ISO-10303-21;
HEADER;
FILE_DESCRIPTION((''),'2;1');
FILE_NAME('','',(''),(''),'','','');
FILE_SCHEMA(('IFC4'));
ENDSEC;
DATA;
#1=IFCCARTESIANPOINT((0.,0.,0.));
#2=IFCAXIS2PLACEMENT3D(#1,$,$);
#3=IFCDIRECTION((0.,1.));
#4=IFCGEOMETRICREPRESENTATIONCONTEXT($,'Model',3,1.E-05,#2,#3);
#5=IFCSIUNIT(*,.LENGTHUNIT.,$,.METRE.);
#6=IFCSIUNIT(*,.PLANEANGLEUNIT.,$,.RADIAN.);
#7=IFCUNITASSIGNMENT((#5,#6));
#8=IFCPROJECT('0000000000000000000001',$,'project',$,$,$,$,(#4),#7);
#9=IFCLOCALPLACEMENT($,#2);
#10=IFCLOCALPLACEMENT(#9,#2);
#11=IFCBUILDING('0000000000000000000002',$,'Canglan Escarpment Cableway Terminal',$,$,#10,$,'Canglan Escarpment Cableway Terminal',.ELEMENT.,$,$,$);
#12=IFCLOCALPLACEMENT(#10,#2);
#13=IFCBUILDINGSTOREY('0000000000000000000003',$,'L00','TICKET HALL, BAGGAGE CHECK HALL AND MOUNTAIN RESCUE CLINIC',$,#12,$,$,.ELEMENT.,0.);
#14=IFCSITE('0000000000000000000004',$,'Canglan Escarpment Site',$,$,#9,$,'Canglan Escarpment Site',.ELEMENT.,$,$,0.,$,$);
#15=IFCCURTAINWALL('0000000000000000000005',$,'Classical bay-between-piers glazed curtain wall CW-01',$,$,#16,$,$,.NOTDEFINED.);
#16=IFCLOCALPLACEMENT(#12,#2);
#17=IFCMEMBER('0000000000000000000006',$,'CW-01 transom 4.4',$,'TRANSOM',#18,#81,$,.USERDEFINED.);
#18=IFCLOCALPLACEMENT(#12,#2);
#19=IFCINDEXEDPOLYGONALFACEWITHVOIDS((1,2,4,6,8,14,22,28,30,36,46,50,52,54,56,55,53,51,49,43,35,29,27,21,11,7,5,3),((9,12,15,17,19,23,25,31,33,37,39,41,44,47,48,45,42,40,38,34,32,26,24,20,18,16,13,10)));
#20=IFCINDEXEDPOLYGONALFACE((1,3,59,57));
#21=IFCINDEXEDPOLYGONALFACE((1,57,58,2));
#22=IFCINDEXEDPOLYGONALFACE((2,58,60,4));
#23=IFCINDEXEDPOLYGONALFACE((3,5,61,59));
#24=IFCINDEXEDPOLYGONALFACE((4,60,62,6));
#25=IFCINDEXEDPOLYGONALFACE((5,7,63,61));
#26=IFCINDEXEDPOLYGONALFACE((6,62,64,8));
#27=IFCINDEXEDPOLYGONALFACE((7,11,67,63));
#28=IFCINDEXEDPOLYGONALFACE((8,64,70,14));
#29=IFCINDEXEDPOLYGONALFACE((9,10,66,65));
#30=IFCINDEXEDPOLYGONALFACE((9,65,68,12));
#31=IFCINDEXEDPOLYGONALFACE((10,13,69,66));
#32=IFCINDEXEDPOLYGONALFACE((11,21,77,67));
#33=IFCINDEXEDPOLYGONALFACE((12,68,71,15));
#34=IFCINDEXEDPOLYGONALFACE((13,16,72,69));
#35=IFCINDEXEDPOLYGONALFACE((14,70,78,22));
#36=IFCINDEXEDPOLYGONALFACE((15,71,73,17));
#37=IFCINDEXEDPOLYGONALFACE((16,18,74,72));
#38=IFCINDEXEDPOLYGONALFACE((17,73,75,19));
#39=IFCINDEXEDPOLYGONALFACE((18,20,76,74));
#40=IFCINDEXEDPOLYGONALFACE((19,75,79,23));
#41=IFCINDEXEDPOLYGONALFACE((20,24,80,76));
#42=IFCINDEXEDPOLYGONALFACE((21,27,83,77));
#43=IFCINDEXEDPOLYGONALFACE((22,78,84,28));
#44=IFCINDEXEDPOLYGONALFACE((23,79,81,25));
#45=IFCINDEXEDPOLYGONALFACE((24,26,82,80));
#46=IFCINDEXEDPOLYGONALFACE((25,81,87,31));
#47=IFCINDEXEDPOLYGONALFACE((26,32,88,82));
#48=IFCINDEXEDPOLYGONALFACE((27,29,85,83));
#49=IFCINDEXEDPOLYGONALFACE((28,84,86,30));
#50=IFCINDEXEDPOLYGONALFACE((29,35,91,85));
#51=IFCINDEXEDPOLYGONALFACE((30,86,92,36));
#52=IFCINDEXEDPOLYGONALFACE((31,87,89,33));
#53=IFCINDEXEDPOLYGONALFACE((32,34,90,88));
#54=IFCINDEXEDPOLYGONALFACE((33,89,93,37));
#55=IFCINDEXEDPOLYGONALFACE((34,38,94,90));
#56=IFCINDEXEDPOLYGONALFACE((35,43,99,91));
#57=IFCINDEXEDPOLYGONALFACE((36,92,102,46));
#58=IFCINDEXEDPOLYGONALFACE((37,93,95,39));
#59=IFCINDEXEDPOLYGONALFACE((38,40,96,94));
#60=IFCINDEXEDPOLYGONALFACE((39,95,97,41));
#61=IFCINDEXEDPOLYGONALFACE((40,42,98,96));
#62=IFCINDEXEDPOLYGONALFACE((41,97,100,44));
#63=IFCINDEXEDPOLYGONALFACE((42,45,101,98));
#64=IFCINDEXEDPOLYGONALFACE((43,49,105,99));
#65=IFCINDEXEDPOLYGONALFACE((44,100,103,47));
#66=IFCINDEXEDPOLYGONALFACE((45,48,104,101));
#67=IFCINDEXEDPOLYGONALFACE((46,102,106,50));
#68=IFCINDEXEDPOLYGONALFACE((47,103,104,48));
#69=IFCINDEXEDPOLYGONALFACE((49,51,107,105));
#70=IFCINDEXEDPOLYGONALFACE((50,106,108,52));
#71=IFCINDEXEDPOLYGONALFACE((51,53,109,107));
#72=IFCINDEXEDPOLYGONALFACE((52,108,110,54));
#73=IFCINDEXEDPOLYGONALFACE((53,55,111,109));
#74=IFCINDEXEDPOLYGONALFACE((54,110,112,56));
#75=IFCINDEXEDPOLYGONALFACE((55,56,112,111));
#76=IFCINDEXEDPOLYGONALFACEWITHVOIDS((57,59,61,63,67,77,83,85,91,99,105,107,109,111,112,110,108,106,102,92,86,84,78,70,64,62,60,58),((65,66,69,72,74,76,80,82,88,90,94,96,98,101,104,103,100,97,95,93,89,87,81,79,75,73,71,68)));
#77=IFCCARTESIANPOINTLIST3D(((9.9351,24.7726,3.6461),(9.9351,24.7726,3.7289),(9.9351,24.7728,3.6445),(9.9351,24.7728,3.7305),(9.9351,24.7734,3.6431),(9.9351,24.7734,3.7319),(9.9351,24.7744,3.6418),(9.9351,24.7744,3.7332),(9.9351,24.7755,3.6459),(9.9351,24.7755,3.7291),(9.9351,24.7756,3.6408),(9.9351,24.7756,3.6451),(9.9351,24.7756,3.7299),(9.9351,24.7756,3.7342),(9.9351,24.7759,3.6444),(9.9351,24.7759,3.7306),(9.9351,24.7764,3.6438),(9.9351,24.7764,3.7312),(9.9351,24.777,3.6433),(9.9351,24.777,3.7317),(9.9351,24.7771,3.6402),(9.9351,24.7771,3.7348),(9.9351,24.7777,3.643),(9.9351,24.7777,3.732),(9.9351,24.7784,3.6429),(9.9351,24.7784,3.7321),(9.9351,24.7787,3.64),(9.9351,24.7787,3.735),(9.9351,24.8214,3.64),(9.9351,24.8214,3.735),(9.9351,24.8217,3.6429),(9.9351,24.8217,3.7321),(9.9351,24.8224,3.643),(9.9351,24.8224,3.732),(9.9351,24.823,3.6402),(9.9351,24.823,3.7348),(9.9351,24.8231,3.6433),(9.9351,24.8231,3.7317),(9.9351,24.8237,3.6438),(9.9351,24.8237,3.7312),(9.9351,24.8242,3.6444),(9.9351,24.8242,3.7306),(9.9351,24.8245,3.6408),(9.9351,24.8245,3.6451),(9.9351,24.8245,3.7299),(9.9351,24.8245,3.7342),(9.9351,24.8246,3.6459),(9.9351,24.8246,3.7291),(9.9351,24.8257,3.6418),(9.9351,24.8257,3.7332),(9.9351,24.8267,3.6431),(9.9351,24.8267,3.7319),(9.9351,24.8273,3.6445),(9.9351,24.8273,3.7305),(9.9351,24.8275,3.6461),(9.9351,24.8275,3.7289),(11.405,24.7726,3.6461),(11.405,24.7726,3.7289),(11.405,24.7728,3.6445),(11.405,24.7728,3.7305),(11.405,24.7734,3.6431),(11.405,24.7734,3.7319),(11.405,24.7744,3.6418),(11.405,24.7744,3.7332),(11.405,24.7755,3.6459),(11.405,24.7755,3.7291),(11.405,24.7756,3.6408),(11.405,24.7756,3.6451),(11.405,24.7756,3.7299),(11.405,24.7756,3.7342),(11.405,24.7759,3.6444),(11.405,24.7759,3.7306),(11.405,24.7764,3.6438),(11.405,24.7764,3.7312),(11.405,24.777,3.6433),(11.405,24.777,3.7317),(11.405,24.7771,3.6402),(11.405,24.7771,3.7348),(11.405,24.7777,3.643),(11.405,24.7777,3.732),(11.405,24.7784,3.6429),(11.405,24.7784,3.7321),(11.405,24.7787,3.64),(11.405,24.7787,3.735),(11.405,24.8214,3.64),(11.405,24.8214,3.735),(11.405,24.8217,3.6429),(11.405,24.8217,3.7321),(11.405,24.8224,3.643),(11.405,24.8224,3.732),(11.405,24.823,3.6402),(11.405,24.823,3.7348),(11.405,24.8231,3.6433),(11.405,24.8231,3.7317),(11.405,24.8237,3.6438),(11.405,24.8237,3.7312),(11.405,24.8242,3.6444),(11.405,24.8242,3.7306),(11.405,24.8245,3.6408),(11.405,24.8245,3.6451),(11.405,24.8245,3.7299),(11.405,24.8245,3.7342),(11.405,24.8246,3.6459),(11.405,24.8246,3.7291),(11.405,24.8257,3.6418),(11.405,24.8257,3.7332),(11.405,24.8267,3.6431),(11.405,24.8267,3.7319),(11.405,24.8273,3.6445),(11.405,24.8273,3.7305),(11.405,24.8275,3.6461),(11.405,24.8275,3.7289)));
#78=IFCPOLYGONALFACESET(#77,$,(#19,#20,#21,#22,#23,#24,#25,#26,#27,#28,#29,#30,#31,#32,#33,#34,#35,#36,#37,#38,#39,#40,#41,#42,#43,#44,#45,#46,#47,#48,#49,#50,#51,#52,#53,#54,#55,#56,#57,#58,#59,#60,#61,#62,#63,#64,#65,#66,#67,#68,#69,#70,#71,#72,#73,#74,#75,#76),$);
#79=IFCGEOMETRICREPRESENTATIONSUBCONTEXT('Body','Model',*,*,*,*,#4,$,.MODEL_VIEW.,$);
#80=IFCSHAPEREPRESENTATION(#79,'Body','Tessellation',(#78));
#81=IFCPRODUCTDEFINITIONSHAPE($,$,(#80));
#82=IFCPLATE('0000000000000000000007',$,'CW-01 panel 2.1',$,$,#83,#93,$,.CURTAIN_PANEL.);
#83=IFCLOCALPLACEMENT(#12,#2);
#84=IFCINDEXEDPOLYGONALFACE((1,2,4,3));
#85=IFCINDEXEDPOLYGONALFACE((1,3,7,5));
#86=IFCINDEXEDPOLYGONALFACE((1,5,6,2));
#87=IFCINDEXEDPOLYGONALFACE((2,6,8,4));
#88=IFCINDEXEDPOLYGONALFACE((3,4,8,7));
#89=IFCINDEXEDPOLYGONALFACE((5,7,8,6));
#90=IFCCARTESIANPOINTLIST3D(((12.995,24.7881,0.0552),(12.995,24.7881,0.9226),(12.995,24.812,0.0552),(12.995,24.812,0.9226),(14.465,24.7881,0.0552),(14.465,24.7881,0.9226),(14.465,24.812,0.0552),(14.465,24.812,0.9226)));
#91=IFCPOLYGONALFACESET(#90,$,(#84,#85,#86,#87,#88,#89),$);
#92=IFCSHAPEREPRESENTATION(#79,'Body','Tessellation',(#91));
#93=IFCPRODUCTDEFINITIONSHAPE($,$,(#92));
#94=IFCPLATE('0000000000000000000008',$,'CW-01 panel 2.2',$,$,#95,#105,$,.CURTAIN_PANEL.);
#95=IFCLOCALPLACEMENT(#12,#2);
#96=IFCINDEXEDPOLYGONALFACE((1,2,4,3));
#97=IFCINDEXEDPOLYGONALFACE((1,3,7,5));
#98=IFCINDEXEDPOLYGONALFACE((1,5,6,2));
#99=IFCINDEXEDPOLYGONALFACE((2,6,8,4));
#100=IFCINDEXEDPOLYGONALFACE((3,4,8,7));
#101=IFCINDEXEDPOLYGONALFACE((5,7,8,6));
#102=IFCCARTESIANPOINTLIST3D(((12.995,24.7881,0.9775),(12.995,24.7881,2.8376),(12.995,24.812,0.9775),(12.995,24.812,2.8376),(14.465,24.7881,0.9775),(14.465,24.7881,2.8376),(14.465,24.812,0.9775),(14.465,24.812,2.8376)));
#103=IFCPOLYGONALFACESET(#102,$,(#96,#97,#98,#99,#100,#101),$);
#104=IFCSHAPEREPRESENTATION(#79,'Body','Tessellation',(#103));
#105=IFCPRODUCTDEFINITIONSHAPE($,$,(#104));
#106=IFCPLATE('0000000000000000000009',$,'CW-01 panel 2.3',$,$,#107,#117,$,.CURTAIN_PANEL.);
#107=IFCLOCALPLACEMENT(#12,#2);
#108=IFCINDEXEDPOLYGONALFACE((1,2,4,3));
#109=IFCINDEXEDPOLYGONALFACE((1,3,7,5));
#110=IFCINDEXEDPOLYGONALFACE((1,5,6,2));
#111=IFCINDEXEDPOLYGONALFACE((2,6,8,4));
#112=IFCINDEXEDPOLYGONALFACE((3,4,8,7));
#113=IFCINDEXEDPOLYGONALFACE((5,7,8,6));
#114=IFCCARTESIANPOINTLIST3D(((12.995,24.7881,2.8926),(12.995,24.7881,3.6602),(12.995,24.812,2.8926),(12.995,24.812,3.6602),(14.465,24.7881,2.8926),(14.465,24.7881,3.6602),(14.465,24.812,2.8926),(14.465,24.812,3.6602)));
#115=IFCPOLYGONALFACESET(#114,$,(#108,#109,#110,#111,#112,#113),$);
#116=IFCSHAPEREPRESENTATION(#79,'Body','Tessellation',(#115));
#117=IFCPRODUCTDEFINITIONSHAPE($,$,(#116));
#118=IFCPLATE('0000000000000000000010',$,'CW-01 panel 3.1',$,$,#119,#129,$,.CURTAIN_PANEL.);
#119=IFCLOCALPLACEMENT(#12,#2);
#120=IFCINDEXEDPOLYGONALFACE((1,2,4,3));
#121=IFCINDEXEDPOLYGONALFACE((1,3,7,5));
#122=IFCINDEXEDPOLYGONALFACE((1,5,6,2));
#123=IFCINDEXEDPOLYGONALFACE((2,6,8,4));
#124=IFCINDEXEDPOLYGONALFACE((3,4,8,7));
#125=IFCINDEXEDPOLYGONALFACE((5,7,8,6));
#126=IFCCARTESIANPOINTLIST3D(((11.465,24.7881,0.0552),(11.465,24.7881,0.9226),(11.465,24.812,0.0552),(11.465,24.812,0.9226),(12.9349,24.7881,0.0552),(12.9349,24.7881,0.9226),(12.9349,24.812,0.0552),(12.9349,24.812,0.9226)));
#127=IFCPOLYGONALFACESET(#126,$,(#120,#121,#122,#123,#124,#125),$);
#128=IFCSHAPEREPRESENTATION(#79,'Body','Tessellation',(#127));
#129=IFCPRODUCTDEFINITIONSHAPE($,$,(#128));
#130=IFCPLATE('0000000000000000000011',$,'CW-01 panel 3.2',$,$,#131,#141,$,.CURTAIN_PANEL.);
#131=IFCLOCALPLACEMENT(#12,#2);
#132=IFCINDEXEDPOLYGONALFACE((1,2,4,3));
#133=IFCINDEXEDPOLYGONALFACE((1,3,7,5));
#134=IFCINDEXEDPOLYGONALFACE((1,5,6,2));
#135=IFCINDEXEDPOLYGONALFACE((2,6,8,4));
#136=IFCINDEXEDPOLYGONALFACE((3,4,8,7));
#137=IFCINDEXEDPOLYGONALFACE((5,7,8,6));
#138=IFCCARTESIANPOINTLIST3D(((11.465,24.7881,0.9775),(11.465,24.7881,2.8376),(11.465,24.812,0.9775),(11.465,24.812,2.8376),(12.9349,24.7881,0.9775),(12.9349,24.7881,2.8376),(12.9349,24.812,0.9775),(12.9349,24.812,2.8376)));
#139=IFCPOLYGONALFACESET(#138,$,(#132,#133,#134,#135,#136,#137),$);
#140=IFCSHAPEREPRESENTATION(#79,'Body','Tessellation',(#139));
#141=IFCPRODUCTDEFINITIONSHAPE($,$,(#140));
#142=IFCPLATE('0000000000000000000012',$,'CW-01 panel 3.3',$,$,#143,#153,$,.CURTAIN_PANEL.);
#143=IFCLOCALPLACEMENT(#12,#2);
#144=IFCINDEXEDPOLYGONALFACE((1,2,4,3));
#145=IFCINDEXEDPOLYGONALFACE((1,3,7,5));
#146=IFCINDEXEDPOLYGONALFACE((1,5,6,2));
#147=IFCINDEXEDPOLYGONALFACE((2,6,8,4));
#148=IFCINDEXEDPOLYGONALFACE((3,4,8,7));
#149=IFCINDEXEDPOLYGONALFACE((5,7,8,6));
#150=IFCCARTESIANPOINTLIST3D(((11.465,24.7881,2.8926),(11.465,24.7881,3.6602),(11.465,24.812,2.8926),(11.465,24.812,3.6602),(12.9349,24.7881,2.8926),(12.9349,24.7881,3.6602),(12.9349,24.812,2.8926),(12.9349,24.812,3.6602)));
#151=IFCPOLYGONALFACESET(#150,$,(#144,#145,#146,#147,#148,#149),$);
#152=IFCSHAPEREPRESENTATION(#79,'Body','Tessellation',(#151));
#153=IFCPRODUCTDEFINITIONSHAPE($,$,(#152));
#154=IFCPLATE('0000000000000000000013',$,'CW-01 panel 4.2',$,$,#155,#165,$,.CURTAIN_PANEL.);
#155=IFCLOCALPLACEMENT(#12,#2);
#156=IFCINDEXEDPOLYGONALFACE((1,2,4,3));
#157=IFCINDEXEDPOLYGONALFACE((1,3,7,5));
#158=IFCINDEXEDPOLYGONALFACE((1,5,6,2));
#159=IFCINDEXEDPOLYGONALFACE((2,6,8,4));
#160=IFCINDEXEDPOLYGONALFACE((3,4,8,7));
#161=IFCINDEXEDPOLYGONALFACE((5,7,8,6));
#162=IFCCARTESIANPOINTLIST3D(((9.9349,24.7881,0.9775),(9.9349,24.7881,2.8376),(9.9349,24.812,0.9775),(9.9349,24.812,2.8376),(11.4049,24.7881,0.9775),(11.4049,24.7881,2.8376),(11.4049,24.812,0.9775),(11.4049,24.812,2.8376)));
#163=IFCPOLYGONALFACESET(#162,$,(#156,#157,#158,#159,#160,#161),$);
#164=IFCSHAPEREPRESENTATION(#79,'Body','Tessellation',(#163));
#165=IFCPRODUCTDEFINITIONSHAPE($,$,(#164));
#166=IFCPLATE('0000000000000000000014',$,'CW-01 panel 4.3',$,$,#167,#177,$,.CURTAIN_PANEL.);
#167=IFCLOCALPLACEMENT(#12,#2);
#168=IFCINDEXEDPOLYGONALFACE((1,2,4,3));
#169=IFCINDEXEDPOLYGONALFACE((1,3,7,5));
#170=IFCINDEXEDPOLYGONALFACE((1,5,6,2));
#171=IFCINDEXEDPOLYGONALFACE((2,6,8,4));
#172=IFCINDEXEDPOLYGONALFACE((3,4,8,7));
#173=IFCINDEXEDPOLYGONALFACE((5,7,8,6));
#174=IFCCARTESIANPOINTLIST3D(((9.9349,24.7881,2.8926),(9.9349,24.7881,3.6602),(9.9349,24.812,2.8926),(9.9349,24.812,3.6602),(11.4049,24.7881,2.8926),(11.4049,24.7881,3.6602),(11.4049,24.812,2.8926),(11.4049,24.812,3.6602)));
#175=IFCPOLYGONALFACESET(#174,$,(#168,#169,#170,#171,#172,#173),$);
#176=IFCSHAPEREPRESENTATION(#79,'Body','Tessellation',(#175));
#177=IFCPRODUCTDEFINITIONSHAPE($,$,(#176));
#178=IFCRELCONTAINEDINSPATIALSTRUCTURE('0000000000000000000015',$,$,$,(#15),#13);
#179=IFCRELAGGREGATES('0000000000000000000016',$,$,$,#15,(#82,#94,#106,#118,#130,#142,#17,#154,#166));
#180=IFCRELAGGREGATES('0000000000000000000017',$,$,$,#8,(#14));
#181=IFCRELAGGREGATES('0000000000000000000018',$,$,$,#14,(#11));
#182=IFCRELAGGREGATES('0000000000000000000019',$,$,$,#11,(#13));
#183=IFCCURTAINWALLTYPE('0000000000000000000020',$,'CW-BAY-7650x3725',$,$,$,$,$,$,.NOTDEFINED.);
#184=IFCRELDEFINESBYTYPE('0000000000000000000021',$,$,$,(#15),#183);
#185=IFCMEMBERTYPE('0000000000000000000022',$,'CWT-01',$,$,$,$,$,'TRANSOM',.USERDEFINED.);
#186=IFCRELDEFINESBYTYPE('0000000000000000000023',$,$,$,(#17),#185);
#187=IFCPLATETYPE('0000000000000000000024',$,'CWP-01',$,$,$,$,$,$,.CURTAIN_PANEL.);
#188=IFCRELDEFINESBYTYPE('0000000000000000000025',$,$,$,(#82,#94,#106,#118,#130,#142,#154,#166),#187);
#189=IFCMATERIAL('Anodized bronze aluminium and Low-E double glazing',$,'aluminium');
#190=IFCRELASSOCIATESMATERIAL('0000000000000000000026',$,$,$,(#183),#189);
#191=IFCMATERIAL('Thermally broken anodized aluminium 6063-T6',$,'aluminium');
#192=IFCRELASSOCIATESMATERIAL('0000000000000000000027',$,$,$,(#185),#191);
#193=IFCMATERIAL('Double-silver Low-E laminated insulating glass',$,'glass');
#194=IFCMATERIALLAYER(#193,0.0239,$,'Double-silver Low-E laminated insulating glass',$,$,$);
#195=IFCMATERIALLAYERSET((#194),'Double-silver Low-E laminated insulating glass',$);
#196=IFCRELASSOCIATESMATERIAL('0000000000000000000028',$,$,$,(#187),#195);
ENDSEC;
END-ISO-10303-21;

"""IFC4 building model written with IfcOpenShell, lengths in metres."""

from ifc_helpers import new_model, si_unit, direction, frame, origin, origin_2d, place, context, subcontext, project, spatial, rectangle, hollow_rectangle, extrude, material, layer, layer_set, material_profile, profile_set, type_object, element, aggregate, save


model = new_model("IFC4")

# Units and contexts
model_context = context("Model", 3, precision=1e-05, world=origin(), true_north=direction((0.0, 1.0)))
body_context = subcontext(model_context, "Body", "Model", "MODEL_VIEW")
ifc_project = project(units=[si_unit("LENGTHUNIT", "METRE"), si_unit("PLANEANGLEUNIT", "RADIAN")], contexts=[model_context])

# Site, building, storey
site_placement = place(None, origin())
site = spatial("IfcSite", under=ifc_project, at=site_placement, Name="Canglan Escarpment Site", LongName="Canglan Escarpment Site", CompositionType="ELEMENT", RefElevation=0.0)
building_placement = place(site_placement, origin())
building = spatial("IfcBuilding", under=site, at=building_placement, Name="Canglan Escarpment Cableway Terminal", LongName="Canglan Escarpment Cableway Terminal", CompositionType="ELEMENT")
storey_placement = place(building_placement, origin())
storey = spatial("IfcBuildingStorey", under=building, at=storey_placement, Name="L00", Description="TICKET HALL, BAGGAGE CHECK HALL AND MOUNTAIN RESCUE CLINIC", CompositionType="ELEMENT", Elevation=0.0)

# Curtain wall, member, plates
ifc_material_1 = material(Name="Anodized bronze aluminium and Low-E double glazing", Category="aluminium")
curtain_wall_type = type_object("IfcCurtainWallType", Name="CW-BAY-7650x3725", PredefinedType="NOTDEFINED", material=ifc_material_1)
curtain_wall_placement = place(storey_placement, origin())
curtain_wall = element("IfcCurtainWall", 1, at=curtain_wall_placement, inside=storey, type_object=curtain_wall_type, Name="Classical bay-between-piers glazed curtain wall CW-01", PredefinedType="NOTDEFINED")
ifc_material_2 = material(Name="Thermally broken anodized aluminium 6063-T6", Category="aluminium")
ifc_material_profile_1 = material_profile(ifc_material_2, hollow_rectangle(XDim=0.0549, YDim=0.095, WallThickness=0.0029, InnerFilletRadius=0.0029, OuterFilletRadius=0.0061, at=origin_2d()), Name="ALU-TRAN 55x95x3")
ifc_profile_set_1 = profile_set([ifc_material_profile_1], Name="Thermally broken anodized aluminium 6063-T6")
member_type_1 = type_object("IfcMemberType", Name="CWT-01", ElementType="TRANSOM", PredefinedType="USERDEFINED", material=ifc_profile_set_1)
member_1_placement = place(storey_placement, frame((11.405, 24.8, 3.6875), z_axis=(-1.0, 0.0, 0.0), x_axis=(0.0, -1.0, 0.0)))
member_1 = element("IfcMember", 2, at=member_1_placement, type_object=member_type_1, Name="CW-01 transom 4.4", ObjectType="TRANSOM", PredefinedType="USERDEFINED", context=body_context, shape_type="SweptSolid", body=[
    extrude(hollow_rectangle(XDim=0.0549, YDim=0.095, WallThickness=0.0029, InnerFilletRadius=0.0029, OuterFilletRadius=0.0061, at=origin_2d()), origin(), (0.0, 0.0, 1.0), 1.47),
])
ifc_material_3 = material(Name="Double-silver Low-E laminated insulating glass", Category="glass")
ifc_layer = layer(ifc_material_3, 0.0239, Name="Double-silver Low-E laminated insulating glass")
ifc_layer_set = layer_set([ifc_layer], Name="Double-silver Low-E laminated insulating glass")
plate_type = type_object("IfcPlateType", Name="CWP-01", PredefinedType="CURTAIN_PANEL", material=ifc_layer_set)
plate_1_placement = place(storey_placement, frame((13.73, 24.8, 0.0552), z_axis=(0.0, 0.0, 1.0), x_axis=(-1.0, 0.0, 0.0)))
plate_1 = element("IfcPlate", 3, at=plate_1_placement, type_object=plate_type, Name="CW-01 panel 2.1", PredefinedType="CURTAIN_PANEL", context=body_context, shape_type="SweptSolid", body=[
    extrude(rectangle(XDim=1.47, YDim=0.0239, at=origin_2d()), origin(), (0.0, 0.0, 1.0), 0.8674),
])
plate_2_placement = place(storey_placement, frame((13.73, 24.8, 0.9775), z_axis=(0.0, 0.0, 1.0), x_axis=(-1.0, 0.0, 0.0)))
plate_2 = element("IfcPlate", 4, at=plate_2_placement, type_object=plate_type, Name="CW-01 panel 2.2", PredefinedType="CURTAIN_PANEL", context=body_context, shape_type="SweptSolid", body=[
    extrude(rectangle(XDim=1.47, YDim=0.0239, at=origin_2d()), origin(), (0.0, 0.0, 1.0), 1.8601),
])
plate_3_placement = place(storey_placement, frame((13.73, 24.8, 2.8926), z_axis=(0.0, 0.0, 1.0), x_axis=(-1.0, 0.0, 0.0)))
plate_3 = element("IfcPlate", 5, at=plate_3_placement, type_object=plate_type, Name="CW-01 panel 2.3", PredefinedType="CURTAIN_PANEL", context=body_context, shape_type="SweptSolid", body=[
    extrude(rectangle(XDim=1.47, YDim=0.0239, at=origin_2d()), origin(), (0.0, 0.0, 1.0), 0.7676),
])
plate_4_placement = place(storey_placement, frame((12.2, 24.8, 0.0552), z_axis=(0.0, 0.0, 1.0), x_axis=(-1.0, 0.0, 0.0)))
plate_4 = element("IfcPlate", 6, at=plate_4_placement, type_object=plate_type, Name="CW-01 panel 3.1", PredefinedType="CURTAIN_PANEL", context=body_context, shape_type="SweptSolid", body=[
    extrude(rectangle(XDim=1.47, YDim=0.0239, at=origin_2d()), origin(), (0.0, 0.0, 1.0), 0.8674),
])
plate_5_placement = place(storey_placement, frame((12.2, 24.8, 0.9775), z_axis=(0.0, 0.0, 1.0), x_axis=(-1.0, 0.0, 0.0)))
plate_5 = element("IfcPlate", 7, at=plate_5_placement, type_object=plate_type, Name="CW-01 panel 3.2", PredefinedType="CURTAIN_PANEL", context=body_context, shape_type="SweptSolid", body=[
    extrude(rectangle(XDim=1.47, YDim=0.0239, at=origin_2d()), origin(), (0.0, 0.0, 1.0), 1.8601),
])
plate_6_placement = place(storey_placement, frame((12.2, 24.8, 2.8926), z_axis=(0.0, 0.0, 1.0), x_axis=(-1.0, 0.0, 0.0)))
plate_6 = element("IfcPlate", 8, at=plate_6_placement, type_object=plate_type, Name="CW-01 panel 3.3", PredefinedType="CURTAIN_PANEL", context=body_context, shape_type="SweptSolid", body=[
    extrude(rectangle(XDim=1.47, YDim=0.0239, at=origin_2d()), origin(), (0.0, 0.0, 1.0), 0.7676),
])
plate_7_placement = place(storey_placement, frame((10.6699, 24.8, 0.9775), z_axis=(0.0, 0.0, 1.0), x_axis=(-1.0, 0.0, 0.0)))
plate_7 = element("IfcPlate", 9, at=plate_7_placement, type_object=plate_type, Name="CW-01 panel 4.2", PredefinedType="CURTAIN_PANEL", context=body_context, shape_type="SweptSolid", body=[
    extrude(rectangle(XDim=1.47, YDim=0.0239, at=origin_2d()), origin(), (0.0, 0.0, 1.0), 1.8601),
])
plate_8_placement = place(storey_placement, frame((10.6699, 24.8, 2.8926), z_axis=(0.0, 0.0, 1.0), x_axis=(-1.0, 0.0, 0.0)))
plate_8 = element("IfcPlate", 10, at=plate_8_placement, type_object=plate_type, Name="CW-01 panel 4.3", PredefinedType="CURTAIN_PANEL", context=body_context, shape_type="SweptSolid", body=[
    extrude(rectangle(XDim=1.47, YDim=0.0239, at=origin_2d()), origin(), (0.0, 0.0, 1.0), 0.7676),
])
aggregate(curtain_wall, [plate_1, plate_2, plate_3, plate_4, plate_5, plate_6, member_1, plate_7, plate_8])

save(model, "model.ifc")
